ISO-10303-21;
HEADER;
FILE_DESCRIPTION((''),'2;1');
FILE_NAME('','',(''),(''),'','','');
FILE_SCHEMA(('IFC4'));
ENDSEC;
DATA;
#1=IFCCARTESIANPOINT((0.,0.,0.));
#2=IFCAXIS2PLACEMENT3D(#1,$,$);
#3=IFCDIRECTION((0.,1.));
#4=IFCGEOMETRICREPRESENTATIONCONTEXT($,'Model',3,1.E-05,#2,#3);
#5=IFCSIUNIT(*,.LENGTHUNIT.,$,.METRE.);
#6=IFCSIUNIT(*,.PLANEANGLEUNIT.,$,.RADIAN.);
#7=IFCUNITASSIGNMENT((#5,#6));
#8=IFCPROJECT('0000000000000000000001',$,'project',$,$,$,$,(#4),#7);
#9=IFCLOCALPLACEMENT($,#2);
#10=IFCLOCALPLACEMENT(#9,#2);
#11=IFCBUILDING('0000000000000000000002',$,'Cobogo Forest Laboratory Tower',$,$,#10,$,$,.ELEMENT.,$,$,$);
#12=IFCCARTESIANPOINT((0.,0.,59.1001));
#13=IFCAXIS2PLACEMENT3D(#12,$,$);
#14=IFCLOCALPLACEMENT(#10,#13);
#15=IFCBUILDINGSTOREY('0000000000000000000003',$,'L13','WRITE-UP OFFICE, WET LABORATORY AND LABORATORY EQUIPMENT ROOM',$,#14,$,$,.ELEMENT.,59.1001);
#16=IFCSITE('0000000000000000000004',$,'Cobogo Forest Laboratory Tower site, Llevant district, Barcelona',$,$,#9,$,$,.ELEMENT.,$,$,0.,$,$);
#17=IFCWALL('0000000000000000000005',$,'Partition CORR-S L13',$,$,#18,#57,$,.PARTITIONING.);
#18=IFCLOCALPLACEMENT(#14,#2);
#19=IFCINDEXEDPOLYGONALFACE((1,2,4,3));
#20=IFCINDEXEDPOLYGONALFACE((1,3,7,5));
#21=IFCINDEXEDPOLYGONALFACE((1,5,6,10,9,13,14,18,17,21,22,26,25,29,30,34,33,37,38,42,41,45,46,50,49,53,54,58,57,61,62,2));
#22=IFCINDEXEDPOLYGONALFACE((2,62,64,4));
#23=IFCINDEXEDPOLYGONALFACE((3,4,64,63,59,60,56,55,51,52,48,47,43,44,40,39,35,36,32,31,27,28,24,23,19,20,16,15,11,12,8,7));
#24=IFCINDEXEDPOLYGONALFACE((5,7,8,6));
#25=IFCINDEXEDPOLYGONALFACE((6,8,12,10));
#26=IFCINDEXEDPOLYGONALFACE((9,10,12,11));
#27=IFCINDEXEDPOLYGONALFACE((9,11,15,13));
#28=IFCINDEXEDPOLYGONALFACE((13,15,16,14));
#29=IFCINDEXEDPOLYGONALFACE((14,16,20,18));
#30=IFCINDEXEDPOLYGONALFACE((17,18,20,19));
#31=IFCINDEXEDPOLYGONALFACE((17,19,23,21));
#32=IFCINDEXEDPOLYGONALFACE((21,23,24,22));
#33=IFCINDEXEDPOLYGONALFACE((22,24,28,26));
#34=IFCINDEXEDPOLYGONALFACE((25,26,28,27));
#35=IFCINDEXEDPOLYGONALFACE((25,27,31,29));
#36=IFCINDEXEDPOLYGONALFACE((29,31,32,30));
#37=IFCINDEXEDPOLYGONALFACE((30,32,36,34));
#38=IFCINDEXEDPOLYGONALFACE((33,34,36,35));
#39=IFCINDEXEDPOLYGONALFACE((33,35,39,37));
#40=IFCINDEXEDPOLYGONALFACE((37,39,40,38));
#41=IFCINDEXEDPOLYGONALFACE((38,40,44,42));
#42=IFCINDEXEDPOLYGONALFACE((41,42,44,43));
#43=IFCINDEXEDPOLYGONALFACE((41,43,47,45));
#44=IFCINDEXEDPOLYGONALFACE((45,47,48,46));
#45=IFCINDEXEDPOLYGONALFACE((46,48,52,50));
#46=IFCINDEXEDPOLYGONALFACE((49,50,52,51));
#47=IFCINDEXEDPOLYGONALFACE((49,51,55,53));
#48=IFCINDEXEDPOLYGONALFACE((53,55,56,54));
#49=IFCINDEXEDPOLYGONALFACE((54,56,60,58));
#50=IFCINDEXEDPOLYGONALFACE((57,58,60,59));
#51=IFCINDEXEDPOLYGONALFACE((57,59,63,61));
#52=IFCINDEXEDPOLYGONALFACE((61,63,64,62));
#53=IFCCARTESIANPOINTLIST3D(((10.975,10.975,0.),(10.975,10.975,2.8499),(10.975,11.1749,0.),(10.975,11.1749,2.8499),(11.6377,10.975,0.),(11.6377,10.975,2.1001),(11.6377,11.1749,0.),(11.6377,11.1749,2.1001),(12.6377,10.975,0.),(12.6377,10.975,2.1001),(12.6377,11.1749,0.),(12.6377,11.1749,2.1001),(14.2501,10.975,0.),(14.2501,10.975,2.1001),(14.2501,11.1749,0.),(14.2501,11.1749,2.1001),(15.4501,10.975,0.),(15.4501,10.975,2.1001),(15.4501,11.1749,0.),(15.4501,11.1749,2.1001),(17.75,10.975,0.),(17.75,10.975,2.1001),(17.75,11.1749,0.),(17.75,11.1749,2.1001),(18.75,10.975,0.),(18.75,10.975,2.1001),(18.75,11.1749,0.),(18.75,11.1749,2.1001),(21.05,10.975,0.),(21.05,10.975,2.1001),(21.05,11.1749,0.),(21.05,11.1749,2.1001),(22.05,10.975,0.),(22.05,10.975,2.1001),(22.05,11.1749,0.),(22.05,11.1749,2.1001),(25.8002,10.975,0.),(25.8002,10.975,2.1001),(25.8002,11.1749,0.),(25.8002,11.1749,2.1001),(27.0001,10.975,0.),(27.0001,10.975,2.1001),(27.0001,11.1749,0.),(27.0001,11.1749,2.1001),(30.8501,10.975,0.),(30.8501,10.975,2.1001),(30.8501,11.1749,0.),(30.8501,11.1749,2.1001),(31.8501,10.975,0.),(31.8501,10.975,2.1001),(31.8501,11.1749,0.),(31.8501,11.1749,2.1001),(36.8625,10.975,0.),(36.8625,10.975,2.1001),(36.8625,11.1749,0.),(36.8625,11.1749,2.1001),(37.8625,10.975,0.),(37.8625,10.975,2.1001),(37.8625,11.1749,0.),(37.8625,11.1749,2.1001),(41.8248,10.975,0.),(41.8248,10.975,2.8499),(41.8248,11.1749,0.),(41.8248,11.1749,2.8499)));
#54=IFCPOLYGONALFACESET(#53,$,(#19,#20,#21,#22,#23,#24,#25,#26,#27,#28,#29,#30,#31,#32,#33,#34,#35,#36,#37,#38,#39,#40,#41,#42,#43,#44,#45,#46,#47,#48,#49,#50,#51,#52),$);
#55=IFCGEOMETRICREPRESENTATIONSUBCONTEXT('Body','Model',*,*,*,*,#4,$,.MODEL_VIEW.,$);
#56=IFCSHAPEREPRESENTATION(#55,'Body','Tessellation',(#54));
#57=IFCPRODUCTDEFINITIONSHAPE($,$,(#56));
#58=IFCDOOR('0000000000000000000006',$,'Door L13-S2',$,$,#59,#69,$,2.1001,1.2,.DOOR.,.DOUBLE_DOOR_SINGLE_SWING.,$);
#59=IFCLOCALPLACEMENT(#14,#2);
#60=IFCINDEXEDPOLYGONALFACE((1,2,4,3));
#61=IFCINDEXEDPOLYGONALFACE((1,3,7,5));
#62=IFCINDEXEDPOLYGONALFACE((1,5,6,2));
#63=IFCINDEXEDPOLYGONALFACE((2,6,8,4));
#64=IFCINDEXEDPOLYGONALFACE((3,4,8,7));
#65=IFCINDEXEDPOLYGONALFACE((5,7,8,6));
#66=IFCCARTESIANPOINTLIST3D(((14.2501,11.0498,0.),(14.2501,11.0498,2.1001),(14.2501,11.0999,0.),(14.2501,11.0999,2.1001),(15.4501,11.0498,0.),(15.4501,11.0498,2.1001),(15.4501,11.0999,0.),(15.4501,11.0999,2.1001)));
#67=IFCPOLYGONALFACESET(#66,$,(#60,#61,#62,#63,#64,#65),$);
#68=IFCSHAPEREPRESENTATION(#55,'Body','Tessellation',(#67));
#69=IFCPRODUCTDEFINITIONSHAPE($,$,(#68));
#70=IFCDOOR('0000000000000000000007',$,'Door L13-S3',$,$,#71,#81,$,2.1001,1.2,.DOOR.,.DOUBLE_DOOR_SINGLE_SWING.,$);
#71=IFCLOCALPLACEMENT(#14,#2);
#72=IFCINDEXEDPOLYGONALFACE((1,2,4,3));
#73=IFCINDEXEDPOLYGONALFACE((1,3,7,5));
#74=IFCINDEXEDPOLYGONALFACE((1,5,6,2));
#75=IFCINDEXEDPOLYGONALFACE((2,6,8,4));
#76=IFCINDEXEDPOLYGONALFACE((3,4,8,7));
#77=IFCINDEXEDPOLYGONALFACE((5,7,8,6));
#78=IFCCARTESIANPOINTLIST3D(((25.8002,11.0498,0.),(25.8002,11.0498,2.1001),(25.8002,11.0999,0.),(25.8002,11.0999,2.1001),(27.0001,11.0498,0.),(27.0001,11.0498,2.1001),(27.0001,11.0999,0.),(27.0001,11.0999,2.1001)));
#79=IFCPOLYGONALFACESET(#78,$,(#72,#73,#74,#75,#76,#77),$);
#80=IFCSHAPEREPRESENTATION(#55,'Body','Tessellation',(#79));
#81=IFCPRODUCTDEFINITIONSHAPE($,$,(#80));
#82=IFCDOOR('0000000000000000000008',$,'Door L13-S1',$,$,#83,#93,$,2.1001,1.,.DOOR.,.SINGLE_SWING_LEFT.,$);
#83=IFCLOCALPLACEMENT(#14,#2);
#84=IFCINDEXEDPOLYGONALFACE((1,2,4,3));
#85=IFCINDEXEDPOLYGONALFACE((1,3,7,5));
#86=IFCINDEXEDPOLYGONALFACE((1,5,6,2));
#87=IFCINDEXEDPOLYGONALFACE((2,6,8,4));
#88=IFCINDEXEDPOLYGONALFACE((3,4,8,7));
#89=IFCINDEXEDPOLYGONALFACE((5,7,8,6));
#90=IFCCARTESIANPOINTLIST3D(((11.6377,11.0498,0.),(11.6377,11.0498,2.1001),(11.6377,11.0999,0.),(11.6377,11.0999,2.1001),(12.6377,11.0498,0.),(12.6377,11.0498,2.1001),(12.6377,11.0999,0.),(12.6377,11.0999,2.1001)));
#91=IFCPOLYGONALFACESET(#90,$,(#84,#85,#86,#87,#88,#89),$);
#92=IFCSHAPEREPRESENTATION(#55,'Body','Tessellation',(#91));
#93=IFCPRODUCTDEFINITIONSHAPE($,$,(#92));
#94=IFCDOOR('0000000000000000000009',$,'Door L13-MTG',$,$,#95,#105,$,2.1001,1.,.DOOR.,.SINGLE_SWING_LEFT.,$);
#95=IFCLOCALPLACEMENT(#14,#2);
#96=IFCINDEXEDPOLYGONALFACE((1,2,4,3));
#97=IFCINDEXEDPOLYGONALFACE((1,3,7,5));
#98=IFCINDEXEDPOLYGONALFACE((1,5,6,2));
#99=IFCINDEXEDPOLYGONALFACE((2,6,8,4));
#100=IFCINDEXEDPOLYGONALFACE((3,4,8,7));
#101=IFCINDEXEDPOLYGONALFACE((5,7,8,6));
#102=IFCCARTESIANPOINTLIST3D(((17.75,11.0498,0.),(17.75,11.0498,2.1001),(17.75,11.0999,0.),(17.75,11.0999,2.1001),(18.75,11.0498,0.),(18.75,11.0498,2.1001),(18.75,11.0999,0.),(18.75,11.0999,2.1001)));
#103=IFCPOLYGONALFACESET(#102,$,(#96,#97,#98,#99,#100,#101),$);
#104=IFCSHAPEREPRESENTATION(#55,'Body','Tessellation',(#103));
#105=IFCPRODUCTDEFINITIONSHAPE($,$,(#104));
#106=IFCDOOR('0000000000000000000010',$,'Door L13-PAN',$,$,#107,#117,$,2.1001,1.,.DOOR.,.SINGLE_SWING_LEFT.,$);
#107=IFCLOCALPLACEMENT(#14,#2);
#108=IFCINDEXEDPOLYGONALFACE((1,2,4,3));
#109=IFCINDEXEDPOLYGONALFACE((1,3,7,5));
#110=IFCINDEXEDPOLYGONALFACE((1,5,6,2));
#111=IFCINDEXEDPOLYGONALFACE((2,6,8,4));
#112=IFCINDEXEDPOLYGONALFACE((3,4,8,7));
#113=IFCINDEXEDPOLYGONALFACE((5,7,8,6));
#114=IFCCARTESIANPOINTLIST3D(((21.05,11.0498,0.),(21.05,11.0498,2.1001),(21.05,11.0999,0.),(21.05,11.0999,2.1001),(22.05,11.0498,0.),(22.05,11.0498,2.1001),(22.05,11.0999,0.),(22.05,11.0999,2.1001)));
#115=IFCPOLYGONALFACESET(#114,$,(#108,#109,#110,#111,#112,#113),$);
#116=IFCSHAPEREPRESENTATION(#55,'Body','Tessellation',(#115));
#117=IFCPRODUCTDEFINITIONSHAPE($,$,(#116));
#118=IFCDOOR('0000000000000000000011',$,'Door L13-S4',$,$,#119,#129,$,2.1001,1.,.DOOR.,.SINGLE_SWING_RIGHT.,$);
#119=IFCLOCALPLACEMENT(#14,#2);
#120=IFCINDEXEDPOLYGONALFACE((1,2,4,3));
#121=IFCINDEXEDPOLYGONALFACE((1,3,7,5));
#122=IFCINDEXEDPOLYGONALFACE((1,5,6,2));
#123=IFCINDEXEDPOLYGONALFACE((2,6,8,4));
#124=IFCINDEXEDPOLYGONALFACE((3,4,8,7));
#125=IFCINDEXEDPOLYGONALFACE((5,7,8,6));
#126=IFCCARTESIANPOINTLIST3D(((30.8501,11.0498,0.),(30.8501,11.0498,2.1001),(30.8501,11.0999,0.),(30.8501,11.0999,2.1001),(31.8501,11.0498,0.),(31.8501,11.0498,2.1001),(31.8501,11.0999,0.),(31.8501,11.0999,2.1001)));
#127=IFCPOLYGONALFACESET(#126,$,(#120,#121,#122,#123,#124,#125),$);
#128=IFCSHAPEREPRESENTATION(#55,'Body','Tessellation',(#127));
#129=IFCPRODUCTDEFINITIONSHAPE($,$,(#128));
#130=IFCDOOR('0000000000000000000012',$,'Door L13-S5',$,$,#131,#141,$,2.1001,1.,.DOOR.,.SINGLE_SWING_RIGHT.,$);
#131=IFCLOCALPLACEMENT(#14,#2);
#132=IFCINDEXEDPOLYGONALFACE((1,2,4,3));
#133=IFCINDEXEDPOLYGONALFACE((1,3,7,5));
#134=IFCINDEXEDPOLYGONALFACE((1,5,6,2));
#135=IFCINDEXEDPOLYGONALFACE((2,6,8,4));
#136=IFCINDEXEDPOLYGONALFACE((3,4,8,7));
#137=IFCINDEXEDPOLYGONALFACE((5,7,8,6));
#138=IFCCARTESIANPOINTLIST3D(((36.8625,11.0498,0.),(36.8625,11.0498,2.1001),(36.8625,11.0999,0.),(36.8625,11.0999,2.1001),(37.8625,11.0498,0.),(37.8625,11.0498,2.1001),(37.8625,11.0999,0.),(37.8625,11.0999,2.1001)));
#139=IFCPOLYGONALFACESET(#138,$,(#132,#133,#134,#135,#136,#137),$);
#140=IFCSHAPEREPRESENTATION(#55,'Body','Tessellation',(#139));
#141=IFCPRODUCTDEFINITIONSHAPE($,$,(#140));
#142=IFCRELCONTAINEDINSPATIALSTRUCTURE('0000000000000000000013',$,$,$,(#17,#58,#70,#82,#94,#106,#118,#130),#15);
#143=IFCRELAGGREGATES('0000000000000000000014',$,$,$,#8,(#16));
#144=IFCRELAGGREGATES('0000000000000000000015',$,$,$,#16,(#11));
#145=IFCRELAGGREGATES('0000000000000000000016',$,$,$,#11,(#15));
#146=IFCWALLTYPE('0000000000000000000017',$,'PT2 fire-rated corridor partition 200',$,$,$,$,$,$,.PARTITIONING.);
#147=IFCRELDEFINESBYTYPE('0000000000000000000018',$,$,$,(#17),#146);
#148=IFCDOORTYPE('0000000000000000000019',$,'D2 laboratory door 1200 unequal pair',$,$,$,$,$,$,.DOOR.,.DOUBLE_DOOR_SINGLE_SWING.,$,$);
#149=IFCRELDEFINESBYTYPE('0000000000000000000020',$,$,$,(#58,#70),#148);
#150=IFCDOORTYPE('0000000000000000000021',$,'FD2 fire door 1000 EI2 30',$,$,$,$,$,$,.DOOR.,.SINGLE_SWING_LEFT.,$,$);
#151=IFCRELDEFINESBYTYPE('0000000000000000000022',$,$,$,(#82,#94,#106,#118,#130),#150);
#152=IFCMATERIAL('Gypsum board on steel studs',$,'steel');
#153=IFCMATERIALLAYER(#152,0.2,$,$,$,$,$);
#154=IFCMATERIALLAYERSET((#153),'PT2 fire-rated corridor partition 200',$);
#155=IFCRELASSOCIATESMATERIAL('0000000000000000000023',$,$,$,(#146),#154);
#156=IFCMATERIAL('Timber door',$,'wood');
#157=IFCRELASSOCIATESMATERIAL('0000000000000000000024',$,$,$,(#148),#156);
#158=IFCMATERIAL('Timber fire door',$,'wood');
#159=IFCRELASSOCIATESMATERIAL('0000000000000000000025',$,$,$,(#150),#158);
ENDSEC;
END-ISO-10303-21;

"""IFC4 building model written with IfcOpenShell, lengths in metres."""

from ifc_helpers import new_model, si_unit, direction, frame, frame_2d, origin, place, context, subcontext, project, spatial, rectangle, extrude, material, layer, layer_set, type_object, element, fill, save


model = new_model("IFC4")

# Units and contexts
model_context = context("Model", 3, precision=1e-05, world=origin(), true_north=direction((0.0, 1.0)))
body_context = subcontext(model_context, "Body", "Model", "MODEL_VIEW")
ifc_project = project(units=[si_unit("LENGTHUNIT", "METRE"), si_unit("PLANEANGLEUNIT", "RADIAN")], contexts=[model_context])

# Site, building, storey
site_placement = place(None, origin())
site = spatial("IfcSite", under=ifc_project, at=site_placement, Name="Cobogo Forest Laboratory Tower site, Llevant district, Barcelona", CompositionType="ELEMENT", RefElevation=0.0)
building_placement = place(site_placement, origin())
building = spatial("IfcBuilding", under=site, at=building_placement, Name="Cobogo Forest Laboratory Tower", CompositionType="ELEMENT")
storey_placement = place(building_placement, frame((0.0, 0.0, 59.1001)))
storey = spatial("IfcBuildingStorey", under=building, at=storey_placement, Name="L13", Description="WRITE-UP OFFICE, WET LABORATORY AND LABORATORY EQUIPMENT ROOM", CompositionType="ELEMENT", Elevation=59.1001)

# Shared definitions
ifc_material_1 = material(Name="Gypsum board on steel studs", Category="steel")

# Wall, openings, doors
ifc_layer_1 = layer(ifc_material_1, 0.2)
ifc_layer_set_1 = layer_set([ifc_layer_1], Name="PT2 fire-rated corridor partition 200")
wall_type_1 = type_object("IfcWallType", Name="PT2 fire-rated corridor partition 200", PredefinedType="PARTITIONING", material=ifc_layer_set_1)
wall_1_placement = place(storey_placement, frame((10.9751, 11.075, 0.0), z_axis=(0.0, 0.0, 1.0), x_axis=(1.0, 0.0, 0.0)))
wall_1 = element("IfcWall", 1, at=wall_1_placement, inside=storey, type_object=wall_type_1, Name="Partition CORR-S L13", PredefinedType="PARTITIONING", context=body_context, shape_type="SweptSolid", body=[
    extrude(rectangle(XDim=30.8499, YDim=0.2, at=frame_2d((15.4248, 0.0))), origin(), (0.0, 0.0, 1.0), 2.8499),
])
opening_1_placement = place(wall_1_placement, frame((0.6626, 0.0, 0.0)))
opening_1 = element("IfcOpeningElement", 2, at=opening_1_placement, cuts=wall_1, PredefinedType="OPENING", context=body_context, shape_type="SweptSolid", body=[
    extrude(rectangle(XDim=1.0, YDim=2.1001, at=frame_2d((0.5, 1.05))), frame((0.0, 0.1099, 0.0), z_axis=(0.0, -1.0, 0.0), x_axis=(1.0, 0.0, 0.0)), (0.0, 0.0, 1.0), 0.22),
])
opening_2_placement = place(wall_1_placement, frame((3.2749, 0.0, 0.0)))
opening_2 = element("IfcOpeningElement", 3, at=opening_2_placement, cuts=wall_1, PredefinedType="OPENING", context=body_context, shape_type="SweptSolid", body=[
    extrude(rectangle(XDim=1.2, YDim=2.1001, at=frame_2d((0.6001, 1.05))), frame((0.0, 0.1099, 0.0), z_axis=(0.0, -1.0, 0.0), x_axis=(1.0, 0.0, 0.0)), (0.0, 0.0, 1.0), 0.22),
])
opening_3_placement = place(wall_1_placement, frame((6.7749, 0.0, 0.0)))
opening_3 = element("IfcOpeningElement", 4, at=opening_3_placement, cuts=wall_1, PredefinedType="OPENING", context=body_context, shape_type="SweptSolid", body=[
    extrude(rectangle(XDim=1.0, YDim=2.1001, at=frame_2d((0.5, 1.05))), frame((0.0, 0.1099, 0.0), z_axis=(0.0, -1.0, 0.0), x_axis=(1.0, 0.0, 0.0)), (0.0, 0.0, 1.0), 0.22),
])
opening_4_placement = place(wall_1_placement, frame((10.075, 0.0, 0.0)))
opening_4 = element("IfcOpeningElement", 5, at=opening_4_placement, cuts=wall_1, PredefinedType="OPENING", context=body_context, shape_type="SweptSolid", body=[
    extrude(rectangle(XDim=1.0, YDim=2.1001, at=frame_2d((0.5, 1.05))), frame((0.0, 0.1099, 0.0), z_axis=(0.0, -1.0, 0.0), x_axis=(1.0, 0.0, 0.0)), (0.0, 0.0, 1.0), 0.22),
])
opening_5_placement = place(wall_1_placement, frame((14.825, 0.0, 0.0)))
opening_5 = element("IfcOpeningElement", 6, at=opening_5_placement, cuts=wall_1, PredefinedType="OPENING", context=body_context, shape_type="SweptSolid", body=[
    extrude(rectangle(XDim=1.2, YDim=2.1001, at=frame_2d((0.6001, 1.05))), frame((0.0, 0.1099, 0.0), z_axis=(0.0, -1.0, 0.0), x_axis=(1.0, 0.0, 0.0)), (0.0, 0.0, 1.0), 0.22),
])
opening_6_placement = place(wall_1_placement, frame((19.875, 0.0, 0.0)))
opening_6 = element("IfcOpeningElement", 7, at=opening_6_placement, cuts=wall_1, PredefinedType="OPENING", context=body_context, shape_type="SweptSolid", body=[
    extrude(rectangle(XDim=1.0, YDim=2.1001, at=frame_2d((0.5, 1.05))), frame((0.0, 0.1099, 0.0), z_axis=(0.0, -1.0, 0.0), x_axis=(1.0, 0.0, 0.0)), (0.0, 0.0, 1.0), 0.22),
])
opening_7_placement = place(wall_1_placement, frame((25.8875, 0.0, 0.0)))
opening_7 = element("IfcOpeningElement", 8, at=opening_7_placement, cuts=wall_1, PredefinedType="OPENING", context=body_context, shape_type="SweptSolid", body=[
    extrude(rectangle(XDim=1.0, YDim=2.1001, at=frame_2d((0.5, 1.05))), frame((0.0, 0.1099, 0.0), z_axis=(0.0, -1.0, 0.0), x_axis=(1.0, 0.0, 0.0)), (0.0, 0.0, 1.0), 0.22),
])
ifc_material_2 = material(Name="Timber door", Category="wood")
door_type_1 = type_object("IfcDoorType", Name="D2 laboratory door 1200 unequal pair", OperationType="DOUBLE_DOOR_SINGLE_SWING", PredefinedType="DOOR", material=ifc_material_2)
door_1_placement = place(opening_2_placement, origin())
door_1 = element("IfcDoor", 9, at=door_1_placement, inside=storey, type_object=door_type_1, Name="Door L13-S2", OperationType="DOUBLE_DOOR_SINGLE_SWING", OverallHeight=2.1001, OverallWidth=1.2, PredefinedType="DOOR", context=body_context, shape_type="SweptSolid", body=[
    extrude(rectangle(XDim=1.2, YDim=2.1001, at=frame_2d((0.6001, 1.05))), frame((0.0, 0.0249, 0.0), z_axis=(0.0, -1.0, 0.0), x_axis=(1.0, 0.0, 0.0)), (0.0, 0.0, 1.0), 0.05),
])
fill(opening_2, door_1)
door_2_placement = place(opening_5_placement, origin())
door_2 = element("IfcDoor", 10, at=door_2_placement, inside=storey, type_object=door_type_1, Name="Door L13-S3", OperationType="DOUBLE_DOOR_SINGLE_SWING", OverallHeight=2.1001, OverallWidth=1.2, PredefinedType="DOOR", context=body_context, shape_type="SweptSolid", body=[
    extrude(rectangle(XDim=1.2, YDim=2.1001, at=frame_2d((0.6001, 1.05))), frame((0.0, 0.0249, 0.0), z_axis=(0.0, -1.0, 0.0), x_axis=(1.0, 0.0, 0.0)), (0.0, 0.0, 1.0), 0.05),
])
fill(opening_5, door_2)
ifc_material_3 = material(Name="Timber fire door", Category="wood")
door_type_2 = type_object("IfcDoorType", Name="FD2 fire door 1000 EI2 30", OperationType="SINGLE_SWING_LEFT", PredefinedType="DOOR", material=ifc_material_3)
door_3_placement = place(opening_1_placement, origin())
door_3 = element("IfcDoor", 11, at=door_3_placement, inside=storey, type_object=door_type_2, Name="Door L13-S1", OperationType="SINGLE_SWING_LEFT", OverallHeight=2.1001, OverallWidth=1.0, PredefinedType="DOOR", context=body_context, shape_type="SweptSolid", body=[
    extrude(rectangle(XDim=1.0, YDim=2.1001, at=frame_2d((0.5, 1.05))), frame((0.0, 0.0249, 0.0), z_axis=(0.0, -1.0, 0.0), x_axis=(1.0, 0.0, 0.0)), (0.0, 0.0, 1.0), 0.05),
])
fill(opening_1, door_3)
door_4_placement = place(opening_3_placement, origin())
door_4 = element("IfcDoor", 12, at=door_4_placement, inside=storey, type_object=door_type_2, Name="Door L13-MTG", OperationType="SINGLE_SWING_LEFT", OverallHeight=2.1001, OverallWidth=1.0, PredefinedType="DOOR", context=body_context, shape_type="SweptSolid", body=[
    extrude(rectangle(XDim=1.0, YDim=2.1001, at=frame_2d((0.5, 1.05))), frame((0.0, 0.0249, 0.0), z_axis=(0.0, -1.0, 0.0), x_axis=(1.0, 0.0, 0.0)), (0.0, 0.0, 1.0), 0.05),
])
fill(opening_3, door_4)
door_5_placement = place(opening_4_placement, origin())
door_5 = element("IfcDoor", 13, at=door_5_placement, inside=storey, type_object=door_type_2, Name="Door L13-PAN", OperationType="SINGLE_SWING_LEFT", OverallHeight=2.1001, OverallWidth=1.0, PredefinedType="DOOR", context=body_context, shape_type="SweptSolid", body=[
    extrude(rectangle(XDim=1.0, YDim=2.1001, at=frame_2d((0.5, 1.05))), frame((0.0, 0.0249, 0.0), z_axis=(0.0, -1.0, 0.0), x_axis=(1.0, 0.0, 0.0)), (0.0, 0.0, 1.0), 0.05),
])
fill(opening_4, door_5)
door_6_placement = place(opening_6_placement, origin())
door_6 = element("IfcDoor", 14, at=door_6_placement, inside=storey, type_object=door_type_2, Name="Door L13-S4", OperationType="SINGLE_SWING_RIGHT", OverallHeight=2.1001, OverallWidth=1.0, PredefinedType="DOOR", context=body_context, shape_type="SweptSolid", body=[
    extrude(rectangle(XDim=1.0, YDim=2.1001, at=frame_2d((0.5, 1.05))), frame((0.0, 0.0249, 0.0), z_axis=(0.0, -1.0, 0.0), x_axis=(1.0, 0.0, 0.0)), (0.0, 0.0, 1.0), 0.05),
])
fill(opening_6, door_6)
door_7_placement = place(opening_7_placement, origin())
door_7 = element("IfcDoor", 15, at=door_7_placement, inside=storey, type_object=door_type_2, Name="Door L13-S5", OperationType="SINGLE_SWING_RIGHT", OverallHeight=2.1001, OverallWidth=1.0, PredefinedType="DOOR", context=body_context, shape_type="SweptSolid", body=[
    extrude(rectangle(XDim=1.0, YDim=2.1001, at=frame_2d((0.5, 1.05))), frame((0.0, 0.0249, 0.0), z_axis=(0.0, -1.0, 0.0), x_axis=(1.0, 0.0, 0.0)), (0.0, 0.0, 1.0), 0.05),
])
fill(opening_7, door_7)

save(model, "model.ifc")
